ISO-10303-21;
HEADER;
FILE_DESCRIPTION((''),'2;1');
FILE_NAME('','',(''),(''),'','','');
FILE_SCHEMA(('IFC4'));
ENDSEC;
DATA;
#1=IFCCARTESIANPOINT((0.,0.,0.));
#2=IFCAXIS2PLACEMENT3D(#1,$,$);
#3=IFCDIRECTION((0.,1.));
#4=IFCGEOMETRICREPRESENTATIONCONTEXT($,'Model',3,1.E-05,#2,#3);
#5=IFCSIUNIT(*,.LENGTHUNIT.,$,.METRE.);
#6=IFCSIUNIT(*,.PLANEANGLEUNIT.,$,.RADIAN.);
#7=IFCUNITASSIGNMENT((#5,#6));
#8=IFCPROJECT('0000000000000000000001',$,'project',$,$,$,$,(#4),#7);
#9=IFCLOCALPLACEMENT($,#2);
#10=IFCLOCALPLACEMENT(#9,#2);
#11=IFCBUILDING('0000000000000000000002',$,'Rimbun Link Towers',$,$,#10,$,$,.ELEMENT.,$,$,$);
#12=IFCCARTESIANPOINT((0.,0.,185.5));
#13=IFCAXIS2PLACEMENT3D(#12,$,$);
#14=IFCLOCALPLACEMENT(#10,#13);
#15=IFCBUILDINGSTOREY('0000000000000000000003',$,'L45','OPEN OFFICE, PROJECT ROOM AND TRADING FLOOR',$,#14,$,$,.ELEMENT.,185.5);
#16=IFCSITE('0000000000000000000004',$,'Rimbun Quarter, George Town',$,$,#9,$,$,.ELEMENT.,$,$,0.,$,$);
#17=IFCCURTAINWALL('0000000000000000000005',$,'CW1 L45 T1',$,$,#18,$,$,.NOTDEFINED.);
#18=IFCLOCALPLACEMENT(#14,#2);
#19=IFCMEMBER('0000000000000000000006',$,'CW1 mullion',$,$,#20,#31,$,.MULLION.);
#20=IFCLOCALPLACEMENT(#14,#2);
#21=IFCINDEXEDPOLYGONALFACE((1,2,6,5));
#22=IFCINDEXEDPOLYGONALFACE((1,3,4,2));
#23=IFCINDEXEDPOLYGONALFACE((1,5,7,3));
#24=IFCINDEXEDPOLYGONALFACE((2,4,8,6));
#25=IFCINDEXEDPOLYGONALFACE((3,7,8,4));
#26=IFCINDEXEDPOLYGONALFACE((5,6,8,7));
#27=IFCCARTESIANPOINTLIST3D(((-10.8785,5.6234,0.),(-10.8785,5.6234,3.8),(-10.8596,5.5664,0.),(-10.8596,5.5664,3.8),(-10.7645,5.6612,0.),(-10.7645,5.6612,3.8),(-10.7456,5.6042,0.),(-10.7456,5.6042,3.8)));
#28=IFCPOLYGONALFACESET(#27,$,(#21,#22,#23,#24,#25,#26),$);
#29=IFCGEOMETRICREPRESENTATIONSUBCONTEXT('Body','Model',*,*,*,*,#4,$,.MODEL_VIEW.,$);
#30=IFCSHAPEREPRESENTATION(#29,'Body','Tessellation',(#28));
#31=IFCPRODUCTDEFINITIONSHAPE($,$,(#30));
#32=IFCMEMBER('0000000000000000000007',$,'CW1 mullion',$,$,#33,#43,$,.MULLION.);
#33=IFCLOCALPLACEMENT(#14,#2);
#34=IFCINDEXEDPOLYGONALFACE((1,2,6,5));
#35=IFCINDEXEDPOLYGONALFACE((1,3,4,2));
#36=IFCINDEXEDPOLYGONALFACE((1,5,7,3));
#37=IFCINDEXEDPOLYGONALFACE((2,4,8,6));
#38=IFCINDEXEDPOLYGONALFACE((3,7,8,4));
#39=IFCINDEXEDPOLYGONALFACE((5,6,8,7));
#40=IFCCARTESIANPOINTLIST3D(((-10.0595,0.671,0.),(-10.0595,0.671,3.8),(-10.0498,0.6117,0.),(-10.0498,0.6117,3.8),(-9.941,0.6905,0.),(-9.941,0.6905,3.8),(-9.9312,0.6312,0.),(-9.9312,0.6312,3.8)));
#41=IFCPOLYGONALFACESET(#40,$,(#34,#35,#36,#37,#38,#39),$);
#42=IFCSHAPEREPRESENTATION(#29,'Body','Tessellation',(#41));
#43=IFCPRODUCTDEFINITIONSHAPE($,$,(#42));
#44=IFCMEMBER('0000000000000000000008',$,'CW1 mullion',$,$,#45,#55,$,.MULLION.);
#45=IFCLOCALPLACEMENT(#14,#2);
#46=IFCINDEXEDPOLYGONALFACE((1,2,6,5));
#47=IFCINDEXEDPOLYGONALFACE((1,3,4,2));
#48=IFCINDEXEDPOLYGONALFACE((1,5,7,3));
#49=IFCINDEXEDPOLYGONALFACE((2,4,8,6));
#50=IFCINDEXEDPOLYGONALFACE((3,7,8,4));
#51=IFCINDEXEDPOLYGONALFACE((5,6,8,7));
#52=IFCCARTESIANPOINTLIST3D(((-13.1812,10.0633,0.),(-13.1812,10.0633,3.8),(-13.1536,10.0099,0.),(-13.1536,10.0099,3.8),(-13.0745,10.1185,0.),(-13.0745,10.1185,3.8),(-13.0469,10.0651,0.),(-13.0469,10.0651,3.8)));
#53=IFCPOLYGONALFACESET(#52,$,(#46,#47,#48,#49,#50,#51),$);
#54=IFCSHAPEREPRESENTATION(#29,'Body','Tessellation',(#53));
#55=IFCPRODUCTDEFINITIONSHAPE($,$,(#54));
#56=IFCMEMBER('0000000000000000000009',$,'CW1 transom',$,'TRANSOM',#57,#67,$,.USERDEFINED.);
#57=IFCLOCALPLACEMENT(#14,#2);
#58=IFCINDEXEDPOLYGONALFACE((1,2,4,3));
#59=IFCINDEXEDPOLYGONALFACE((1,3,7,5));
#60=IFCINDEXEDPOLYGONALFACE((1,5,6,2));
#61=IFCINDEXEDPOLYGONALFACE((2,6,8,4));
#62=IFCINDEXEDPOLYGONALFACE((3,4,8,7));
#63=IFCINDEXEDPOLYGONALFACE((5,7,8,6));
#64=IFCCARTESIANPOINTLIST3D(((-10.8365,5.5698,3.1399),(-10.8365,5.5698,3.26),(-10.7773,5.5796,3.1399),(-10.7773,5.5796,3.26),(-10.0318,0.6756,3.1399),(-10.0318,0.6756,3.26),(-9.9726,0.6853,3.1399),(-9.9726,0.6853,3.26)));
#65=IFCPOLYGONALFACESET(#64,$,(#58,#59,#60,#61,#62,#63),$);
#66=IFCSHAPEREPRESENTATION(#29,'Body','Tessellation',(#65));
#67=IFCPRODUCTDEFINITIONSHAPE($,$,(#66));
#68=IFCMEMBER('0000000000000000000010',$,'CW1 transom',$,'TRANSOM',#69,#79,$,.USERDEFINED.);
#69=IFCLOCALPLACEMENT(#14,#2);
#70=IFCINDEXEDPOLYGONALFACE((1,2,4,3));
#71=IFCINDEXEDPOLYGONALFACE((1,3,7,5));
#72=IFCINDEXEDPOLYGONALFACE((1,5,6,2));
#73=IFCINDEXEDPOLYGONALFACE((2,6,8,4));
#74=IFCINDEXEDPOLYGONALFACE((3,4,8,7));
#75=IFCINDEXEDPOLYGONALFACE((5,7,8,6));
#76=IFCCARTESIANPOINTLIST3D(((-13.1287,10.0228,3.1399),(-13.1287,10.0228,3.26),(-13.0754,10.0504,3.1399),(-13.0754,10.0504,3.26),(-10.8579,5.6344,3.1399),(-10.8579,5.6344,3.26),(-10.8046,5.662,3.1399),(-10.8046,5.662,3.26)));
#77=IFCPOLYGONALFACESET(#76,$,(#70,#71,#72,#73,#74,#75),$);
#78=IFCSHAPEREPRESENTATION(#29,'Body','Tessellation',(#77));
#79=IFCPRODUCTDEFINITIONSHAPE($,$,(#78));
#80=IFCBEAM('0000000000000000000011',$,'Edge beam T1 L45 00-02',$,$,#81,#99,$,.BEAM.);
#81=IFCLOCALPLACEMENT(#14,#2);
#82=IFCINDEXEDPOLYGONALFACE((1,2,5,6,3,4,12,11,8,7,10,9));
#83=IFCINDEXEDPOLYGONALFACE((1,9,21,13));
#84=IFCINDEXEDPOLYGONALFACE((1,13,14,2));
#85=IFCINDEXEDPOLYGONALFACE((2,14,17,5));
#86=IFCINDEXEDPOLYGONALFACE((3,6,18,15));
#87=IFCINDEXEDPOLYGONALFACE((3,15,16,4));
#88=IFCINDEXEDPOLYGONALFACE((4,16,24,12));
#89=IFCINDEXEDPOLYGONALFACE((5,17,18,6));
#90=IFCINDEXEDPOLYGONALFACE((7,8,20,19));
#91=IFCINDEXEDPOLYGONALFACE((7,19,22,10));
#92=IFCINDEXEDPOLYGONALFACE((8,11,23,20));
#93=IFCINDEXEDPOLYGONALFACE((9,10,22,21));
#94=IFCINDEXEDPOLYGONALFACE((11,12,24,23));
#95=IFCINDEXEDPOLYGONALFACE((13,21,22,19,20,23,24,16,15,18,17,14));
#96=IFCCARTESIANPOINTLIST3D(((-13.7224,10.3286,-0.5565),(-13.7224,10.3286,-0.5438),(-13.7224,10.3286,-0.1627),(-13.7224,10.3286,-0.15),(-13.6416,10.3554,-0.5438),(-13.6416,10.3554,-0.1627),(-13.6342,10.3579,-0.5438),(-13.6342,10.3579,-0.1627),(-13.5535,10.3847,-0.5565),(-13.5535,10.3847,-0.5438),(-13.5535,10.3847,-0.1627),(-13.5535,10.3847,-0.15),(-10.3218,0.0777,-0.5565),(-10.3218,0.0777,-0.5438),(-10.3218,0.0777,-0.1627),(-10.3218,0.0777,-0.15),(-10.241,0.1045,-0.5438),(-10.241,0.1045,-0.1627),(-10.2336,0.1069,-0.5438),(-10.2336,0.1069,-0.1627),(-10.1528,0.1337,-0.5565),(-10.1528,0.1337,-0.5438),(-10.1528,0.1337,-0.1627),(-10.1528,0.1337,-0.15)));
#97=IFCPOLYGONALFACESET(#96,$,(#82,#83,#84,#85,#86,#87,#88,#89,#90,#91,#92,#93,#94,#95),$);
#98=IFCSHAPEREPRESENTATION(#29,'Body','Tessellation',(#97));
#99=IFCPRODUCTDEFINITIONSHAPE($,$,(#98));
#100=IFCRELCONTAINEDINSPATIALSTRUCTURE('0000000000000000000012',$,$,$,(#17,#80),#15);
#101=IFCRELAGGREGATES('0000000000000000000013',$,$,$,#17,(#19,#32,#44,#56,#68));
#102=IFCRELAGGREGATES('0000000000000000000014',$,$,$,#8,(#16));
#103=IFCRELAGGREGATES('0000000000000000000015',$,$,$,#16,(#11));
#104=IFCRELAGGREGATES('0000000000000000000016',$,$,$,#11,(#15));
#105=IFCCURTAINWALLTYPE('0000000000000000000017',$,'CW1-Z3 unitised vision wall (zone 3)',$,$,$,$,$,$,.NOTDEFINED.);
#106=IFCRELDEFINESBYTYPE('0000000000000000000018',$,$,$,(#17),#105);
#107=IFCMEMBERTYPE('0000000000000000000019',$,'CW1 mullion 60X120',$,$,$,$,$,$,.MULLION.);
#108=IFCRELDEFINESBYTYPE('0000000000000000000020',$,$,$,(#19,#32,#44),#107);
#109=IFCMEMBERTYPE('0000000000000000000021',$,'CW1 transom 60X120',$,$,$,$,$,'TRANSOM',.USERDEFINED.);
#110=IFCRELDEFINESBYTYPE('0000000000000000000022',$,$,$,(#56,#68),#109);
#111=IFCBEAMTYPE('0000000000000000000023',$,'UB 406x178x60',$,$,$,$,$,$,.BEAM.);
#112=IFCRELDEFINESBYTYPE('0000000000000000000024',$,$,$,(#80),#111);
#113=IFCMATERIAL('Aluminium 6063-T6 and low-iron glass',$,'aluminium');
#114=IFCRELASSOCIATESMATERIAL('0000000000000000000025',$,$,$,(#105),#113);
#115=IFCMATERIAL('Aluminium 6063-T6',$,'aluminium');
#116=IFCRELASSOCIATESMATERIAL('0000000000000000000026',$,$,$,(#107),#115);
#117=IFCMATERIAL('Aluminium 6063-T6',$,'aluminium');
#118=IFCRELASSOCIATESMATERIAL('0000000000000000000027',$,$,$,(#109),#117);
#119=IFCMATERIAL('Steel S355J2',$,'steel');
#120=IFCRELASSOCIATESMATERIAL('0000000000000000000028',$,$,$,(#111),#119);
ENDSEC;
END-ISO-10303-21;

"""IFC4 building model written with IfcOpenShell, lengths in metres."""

from ifc_helpers import new_model, si_unit, direction, frame, origin, origin_2d, place, context, subcontext, project, spatial, rectangle, i_section, extrude, material, material_profile, profile_set, type_object, element, aggregate, save


model = new_model("IFC4")

# Units and contexts
model_context = context("Model", 3, precision=1e-05, world=origin(), true_north=direction((0.0, 1.0)))
body_context = subcontext(model_context, "Body", "Model", "MODEL_VIEW")
ifc_project = project(units=[si_unit("LENGTHUNIT", "METRE"), si_unit("PLANEANGLEUNIT", "RADIAN")], contexts=[model_context])

# Site, building, storey
site_placement = place(None, origin())
site = spatial("IfcSite", under=ifc_project, at=site_placement, Name="Rimbun Quarter, George Town", CompositionType="ELEMENT", RefElevation=0.0)
building_placement = place(site_placement, origin())
building = spatial("IfcBuilding", under=site, at=building_placement, Name="Rimbun Link Towers", CompositionType="ELEMENT")
storey_placement = place(building_placement, frame((0.0, 0.0, 185.5)))
storey = spatial("IfcBuildingStorey", under=building, at=storey_placement, Name="L45", Description="OPEN OFFICE, PROJECT ROOM AND TRADING FLOOR", CompositionType="ELEMENT", Elevation=185.5)

# Curtain wall, members
ifc_material_1 = material(Name="Aluminium 6063-T6 and low-iron glass", Category="aluminium")
curtain_wall_type = type_object("IfcCurtainWallType", Name="CW1-Z3 unitised vision wall (zone 3)", PredefinedType="NOTDEFINED", material=ifc_material_1)
curtain_wall_placement = place(storey_placement, origin())
curtain_wall = element("IfcCurtainWall", 1, at=curtain_wall_placement, inside=storey, type_object=curtain_wall_type, Name="CW1 L45 T1", PredefinedType="NOTDEFINED")
ifc_material_2 = material(Name="Aluminium 6063-T6", Category="aluminium")
ifc_material_profile_1 = material_profile(ifc_material_2, rectangle(XDim=0.1201, YDim=0.0601, at=origin_2d()), Name="MULLION 60X120")
ifc_profile_set_1 = profile_set([ifc_material_profile_1], Name="Aluminium 6063-T6")
member_type_1 = type_object("IfcMemberType", Name="CW1 mullion 60X120", PredefinedType="MULLION", material=ifc_profile_set_1)
member_1_placement = place(storey_placement, frame((-10.812, 5.6138, 0.0), z_axis=(0.0, 0.0, 1.0), x_axis=(0.949162, 0.314788, 0.0)))
member_1 = element("IfcMember", 2, at=member_1_placement, type_object=member_type_1, Name="CW1 mullion", PredefinedType="MULLION", context=body_context, shape_type="SweptSolid", body=[
    extrude(rectangle(XDim=0.1201, YDim=0.0601, at=origin_2d()), origin(), (0.0, 0.0, 1.0), 3.8),
])
member_2_placement = place(storey_placement, frame((-9.9954, 0.6511, 0.0), z_axis=(0.0, 0.0, 1.0), x_axis=(0.986749, 0.162254, 0.0)))
member_2 = element("IfcMember", 3, at=member_2_placement, type_object=member_type_1, Name="CW1 mullion", PredefinedType="MULLION", context=body_context, shape_type="SweptSolid", body=[
    extrude(rectangle(XDim=0.1201, YDim=0.0601, at=origin_2d()), origin(), (0.0, 0.0, 1.0), 3.8),
])
member_3_placement = place(storey_placement, frame((-13.114, 10.0642, 0.0), z_axis=(0.0, 0.0, 1.0), x_axis=(0.88815, 0.459554, 0.0)))
member_3 = element("IfcMember", 4, at=member_3_placement, type_object=member_type_1, Name="CW1 mullion", PredefinedType="MULLION", context=body_context, shape_type="SweptSolid", body=[
    extrude(rectangle(XDim=0.1201, YDim=0.0601, at=origin_2d()), origin(), (0.0, 0.0, 1.0), 3.8),
])
ifc_material_3 = material(Name="Aluminium 6063-T6", Category="aluminium")
ifc_material_profile_2 = material_profile(ifc_material_3, rectangle(XDim=0.0601, YDim=0.1201, at=origin_2d()), Name="TRANSOM 60X120")
ifc_profile_set_2 = profile_set([ifc_material_profile_2], Name="Aluminium 6063-T6")
member_type_2 = type_object("IfcMemberType", Name="CW1 transom 60X120", ElementType="TRANSOM", PredefinedType="USERDEFINED", material=ifc_profile_set_2)
member_4_placement = place(storey_placement, frame((-10.8069, 5.5747, 3.2), z_axis=(0.162235, -0.986752, 0.0), x_axis=(0.986752, 0.162235, 0.0)))
member_4 = element("IfcMember", 5, at=member_4_placement, type_object=member_type_2, Name="CW1 transom", ObjectType="TRANSOM", PredefinedType="USERDEFINED", context=body_context, shape_type="SweptSolid", body=[
    extrude(rectangle(XDim=0.0601, YDim=0.1201, at=origin_2d()), origin(), (0.0, 0.0, 1.0), 4.96),
])
member_5_placement = place(storey_placement, frame((-13.1021, 10.0366, 3.2), z_axis=(0.459563, -0.888145, 0.0), x_axis=(0.888145, 0.459563, 0.0)))
member_5 = element("IfcMember", 6, at=member_5_placement, type_object=member_type_2, Name="CW1 transom", ObjectType="TRANSOM", PredefinedType="USERDEFINED", context=body_context, shape_type="SweptSolid", body=[
    extrude(rectangle(XDim=0.0601, YDim=0.1201, at=origin_2d()), origin(), (0.0, 0.0, 1.0), 4.9412),
])

# Beam
ifc_material_4 = material(Name="Steel S355J2", Category="steel")
ifc_material_profile_3 = material_profile(ifc_material_4, i_section(OverallWidth=0.178, OverallDepth=0.4065, WebThickness=0.0078, FlangeThickness=0.0127, at=origin_2d()), Name="UB 406x178x60")
ifc_profile_set_3 = profile_set([ifc_material_profile_3], Name="Steel S355J2")
beam_type = type_object("IfcBeamType", Name="UB 406x178x60", PredefinedType="BEAM", material=ifc_profile_set_3)
beam_placement = place(storey_placement, frame((-10.2373, 0.1057, -0.3533), z_axis=(-0.314864, 0.949137, 0.0), x_axis=(-0.949137, -0.314864, 0.0)))
element("IfcBeam", 7, at=beam_placement, inside=storey, type_object=beam_type, Name="Edge beam T1 L45 00-02", PredefinedType="BEAM", context=body_context, shape_type="SweptSolid", body=[
    extrude(i_section(OverallWidth=0.178, OverallDepth=0.4065, WebThickness=0.0078, FlangeThickness=0.0127, at=origin_2d()), origin(), (0.0, 0.0, 1.0), 10.8003),
])

aggregate(curtain_wall, [member_1, member_2, member_3, member_4, member_5])

save(model, "model.ifc")
